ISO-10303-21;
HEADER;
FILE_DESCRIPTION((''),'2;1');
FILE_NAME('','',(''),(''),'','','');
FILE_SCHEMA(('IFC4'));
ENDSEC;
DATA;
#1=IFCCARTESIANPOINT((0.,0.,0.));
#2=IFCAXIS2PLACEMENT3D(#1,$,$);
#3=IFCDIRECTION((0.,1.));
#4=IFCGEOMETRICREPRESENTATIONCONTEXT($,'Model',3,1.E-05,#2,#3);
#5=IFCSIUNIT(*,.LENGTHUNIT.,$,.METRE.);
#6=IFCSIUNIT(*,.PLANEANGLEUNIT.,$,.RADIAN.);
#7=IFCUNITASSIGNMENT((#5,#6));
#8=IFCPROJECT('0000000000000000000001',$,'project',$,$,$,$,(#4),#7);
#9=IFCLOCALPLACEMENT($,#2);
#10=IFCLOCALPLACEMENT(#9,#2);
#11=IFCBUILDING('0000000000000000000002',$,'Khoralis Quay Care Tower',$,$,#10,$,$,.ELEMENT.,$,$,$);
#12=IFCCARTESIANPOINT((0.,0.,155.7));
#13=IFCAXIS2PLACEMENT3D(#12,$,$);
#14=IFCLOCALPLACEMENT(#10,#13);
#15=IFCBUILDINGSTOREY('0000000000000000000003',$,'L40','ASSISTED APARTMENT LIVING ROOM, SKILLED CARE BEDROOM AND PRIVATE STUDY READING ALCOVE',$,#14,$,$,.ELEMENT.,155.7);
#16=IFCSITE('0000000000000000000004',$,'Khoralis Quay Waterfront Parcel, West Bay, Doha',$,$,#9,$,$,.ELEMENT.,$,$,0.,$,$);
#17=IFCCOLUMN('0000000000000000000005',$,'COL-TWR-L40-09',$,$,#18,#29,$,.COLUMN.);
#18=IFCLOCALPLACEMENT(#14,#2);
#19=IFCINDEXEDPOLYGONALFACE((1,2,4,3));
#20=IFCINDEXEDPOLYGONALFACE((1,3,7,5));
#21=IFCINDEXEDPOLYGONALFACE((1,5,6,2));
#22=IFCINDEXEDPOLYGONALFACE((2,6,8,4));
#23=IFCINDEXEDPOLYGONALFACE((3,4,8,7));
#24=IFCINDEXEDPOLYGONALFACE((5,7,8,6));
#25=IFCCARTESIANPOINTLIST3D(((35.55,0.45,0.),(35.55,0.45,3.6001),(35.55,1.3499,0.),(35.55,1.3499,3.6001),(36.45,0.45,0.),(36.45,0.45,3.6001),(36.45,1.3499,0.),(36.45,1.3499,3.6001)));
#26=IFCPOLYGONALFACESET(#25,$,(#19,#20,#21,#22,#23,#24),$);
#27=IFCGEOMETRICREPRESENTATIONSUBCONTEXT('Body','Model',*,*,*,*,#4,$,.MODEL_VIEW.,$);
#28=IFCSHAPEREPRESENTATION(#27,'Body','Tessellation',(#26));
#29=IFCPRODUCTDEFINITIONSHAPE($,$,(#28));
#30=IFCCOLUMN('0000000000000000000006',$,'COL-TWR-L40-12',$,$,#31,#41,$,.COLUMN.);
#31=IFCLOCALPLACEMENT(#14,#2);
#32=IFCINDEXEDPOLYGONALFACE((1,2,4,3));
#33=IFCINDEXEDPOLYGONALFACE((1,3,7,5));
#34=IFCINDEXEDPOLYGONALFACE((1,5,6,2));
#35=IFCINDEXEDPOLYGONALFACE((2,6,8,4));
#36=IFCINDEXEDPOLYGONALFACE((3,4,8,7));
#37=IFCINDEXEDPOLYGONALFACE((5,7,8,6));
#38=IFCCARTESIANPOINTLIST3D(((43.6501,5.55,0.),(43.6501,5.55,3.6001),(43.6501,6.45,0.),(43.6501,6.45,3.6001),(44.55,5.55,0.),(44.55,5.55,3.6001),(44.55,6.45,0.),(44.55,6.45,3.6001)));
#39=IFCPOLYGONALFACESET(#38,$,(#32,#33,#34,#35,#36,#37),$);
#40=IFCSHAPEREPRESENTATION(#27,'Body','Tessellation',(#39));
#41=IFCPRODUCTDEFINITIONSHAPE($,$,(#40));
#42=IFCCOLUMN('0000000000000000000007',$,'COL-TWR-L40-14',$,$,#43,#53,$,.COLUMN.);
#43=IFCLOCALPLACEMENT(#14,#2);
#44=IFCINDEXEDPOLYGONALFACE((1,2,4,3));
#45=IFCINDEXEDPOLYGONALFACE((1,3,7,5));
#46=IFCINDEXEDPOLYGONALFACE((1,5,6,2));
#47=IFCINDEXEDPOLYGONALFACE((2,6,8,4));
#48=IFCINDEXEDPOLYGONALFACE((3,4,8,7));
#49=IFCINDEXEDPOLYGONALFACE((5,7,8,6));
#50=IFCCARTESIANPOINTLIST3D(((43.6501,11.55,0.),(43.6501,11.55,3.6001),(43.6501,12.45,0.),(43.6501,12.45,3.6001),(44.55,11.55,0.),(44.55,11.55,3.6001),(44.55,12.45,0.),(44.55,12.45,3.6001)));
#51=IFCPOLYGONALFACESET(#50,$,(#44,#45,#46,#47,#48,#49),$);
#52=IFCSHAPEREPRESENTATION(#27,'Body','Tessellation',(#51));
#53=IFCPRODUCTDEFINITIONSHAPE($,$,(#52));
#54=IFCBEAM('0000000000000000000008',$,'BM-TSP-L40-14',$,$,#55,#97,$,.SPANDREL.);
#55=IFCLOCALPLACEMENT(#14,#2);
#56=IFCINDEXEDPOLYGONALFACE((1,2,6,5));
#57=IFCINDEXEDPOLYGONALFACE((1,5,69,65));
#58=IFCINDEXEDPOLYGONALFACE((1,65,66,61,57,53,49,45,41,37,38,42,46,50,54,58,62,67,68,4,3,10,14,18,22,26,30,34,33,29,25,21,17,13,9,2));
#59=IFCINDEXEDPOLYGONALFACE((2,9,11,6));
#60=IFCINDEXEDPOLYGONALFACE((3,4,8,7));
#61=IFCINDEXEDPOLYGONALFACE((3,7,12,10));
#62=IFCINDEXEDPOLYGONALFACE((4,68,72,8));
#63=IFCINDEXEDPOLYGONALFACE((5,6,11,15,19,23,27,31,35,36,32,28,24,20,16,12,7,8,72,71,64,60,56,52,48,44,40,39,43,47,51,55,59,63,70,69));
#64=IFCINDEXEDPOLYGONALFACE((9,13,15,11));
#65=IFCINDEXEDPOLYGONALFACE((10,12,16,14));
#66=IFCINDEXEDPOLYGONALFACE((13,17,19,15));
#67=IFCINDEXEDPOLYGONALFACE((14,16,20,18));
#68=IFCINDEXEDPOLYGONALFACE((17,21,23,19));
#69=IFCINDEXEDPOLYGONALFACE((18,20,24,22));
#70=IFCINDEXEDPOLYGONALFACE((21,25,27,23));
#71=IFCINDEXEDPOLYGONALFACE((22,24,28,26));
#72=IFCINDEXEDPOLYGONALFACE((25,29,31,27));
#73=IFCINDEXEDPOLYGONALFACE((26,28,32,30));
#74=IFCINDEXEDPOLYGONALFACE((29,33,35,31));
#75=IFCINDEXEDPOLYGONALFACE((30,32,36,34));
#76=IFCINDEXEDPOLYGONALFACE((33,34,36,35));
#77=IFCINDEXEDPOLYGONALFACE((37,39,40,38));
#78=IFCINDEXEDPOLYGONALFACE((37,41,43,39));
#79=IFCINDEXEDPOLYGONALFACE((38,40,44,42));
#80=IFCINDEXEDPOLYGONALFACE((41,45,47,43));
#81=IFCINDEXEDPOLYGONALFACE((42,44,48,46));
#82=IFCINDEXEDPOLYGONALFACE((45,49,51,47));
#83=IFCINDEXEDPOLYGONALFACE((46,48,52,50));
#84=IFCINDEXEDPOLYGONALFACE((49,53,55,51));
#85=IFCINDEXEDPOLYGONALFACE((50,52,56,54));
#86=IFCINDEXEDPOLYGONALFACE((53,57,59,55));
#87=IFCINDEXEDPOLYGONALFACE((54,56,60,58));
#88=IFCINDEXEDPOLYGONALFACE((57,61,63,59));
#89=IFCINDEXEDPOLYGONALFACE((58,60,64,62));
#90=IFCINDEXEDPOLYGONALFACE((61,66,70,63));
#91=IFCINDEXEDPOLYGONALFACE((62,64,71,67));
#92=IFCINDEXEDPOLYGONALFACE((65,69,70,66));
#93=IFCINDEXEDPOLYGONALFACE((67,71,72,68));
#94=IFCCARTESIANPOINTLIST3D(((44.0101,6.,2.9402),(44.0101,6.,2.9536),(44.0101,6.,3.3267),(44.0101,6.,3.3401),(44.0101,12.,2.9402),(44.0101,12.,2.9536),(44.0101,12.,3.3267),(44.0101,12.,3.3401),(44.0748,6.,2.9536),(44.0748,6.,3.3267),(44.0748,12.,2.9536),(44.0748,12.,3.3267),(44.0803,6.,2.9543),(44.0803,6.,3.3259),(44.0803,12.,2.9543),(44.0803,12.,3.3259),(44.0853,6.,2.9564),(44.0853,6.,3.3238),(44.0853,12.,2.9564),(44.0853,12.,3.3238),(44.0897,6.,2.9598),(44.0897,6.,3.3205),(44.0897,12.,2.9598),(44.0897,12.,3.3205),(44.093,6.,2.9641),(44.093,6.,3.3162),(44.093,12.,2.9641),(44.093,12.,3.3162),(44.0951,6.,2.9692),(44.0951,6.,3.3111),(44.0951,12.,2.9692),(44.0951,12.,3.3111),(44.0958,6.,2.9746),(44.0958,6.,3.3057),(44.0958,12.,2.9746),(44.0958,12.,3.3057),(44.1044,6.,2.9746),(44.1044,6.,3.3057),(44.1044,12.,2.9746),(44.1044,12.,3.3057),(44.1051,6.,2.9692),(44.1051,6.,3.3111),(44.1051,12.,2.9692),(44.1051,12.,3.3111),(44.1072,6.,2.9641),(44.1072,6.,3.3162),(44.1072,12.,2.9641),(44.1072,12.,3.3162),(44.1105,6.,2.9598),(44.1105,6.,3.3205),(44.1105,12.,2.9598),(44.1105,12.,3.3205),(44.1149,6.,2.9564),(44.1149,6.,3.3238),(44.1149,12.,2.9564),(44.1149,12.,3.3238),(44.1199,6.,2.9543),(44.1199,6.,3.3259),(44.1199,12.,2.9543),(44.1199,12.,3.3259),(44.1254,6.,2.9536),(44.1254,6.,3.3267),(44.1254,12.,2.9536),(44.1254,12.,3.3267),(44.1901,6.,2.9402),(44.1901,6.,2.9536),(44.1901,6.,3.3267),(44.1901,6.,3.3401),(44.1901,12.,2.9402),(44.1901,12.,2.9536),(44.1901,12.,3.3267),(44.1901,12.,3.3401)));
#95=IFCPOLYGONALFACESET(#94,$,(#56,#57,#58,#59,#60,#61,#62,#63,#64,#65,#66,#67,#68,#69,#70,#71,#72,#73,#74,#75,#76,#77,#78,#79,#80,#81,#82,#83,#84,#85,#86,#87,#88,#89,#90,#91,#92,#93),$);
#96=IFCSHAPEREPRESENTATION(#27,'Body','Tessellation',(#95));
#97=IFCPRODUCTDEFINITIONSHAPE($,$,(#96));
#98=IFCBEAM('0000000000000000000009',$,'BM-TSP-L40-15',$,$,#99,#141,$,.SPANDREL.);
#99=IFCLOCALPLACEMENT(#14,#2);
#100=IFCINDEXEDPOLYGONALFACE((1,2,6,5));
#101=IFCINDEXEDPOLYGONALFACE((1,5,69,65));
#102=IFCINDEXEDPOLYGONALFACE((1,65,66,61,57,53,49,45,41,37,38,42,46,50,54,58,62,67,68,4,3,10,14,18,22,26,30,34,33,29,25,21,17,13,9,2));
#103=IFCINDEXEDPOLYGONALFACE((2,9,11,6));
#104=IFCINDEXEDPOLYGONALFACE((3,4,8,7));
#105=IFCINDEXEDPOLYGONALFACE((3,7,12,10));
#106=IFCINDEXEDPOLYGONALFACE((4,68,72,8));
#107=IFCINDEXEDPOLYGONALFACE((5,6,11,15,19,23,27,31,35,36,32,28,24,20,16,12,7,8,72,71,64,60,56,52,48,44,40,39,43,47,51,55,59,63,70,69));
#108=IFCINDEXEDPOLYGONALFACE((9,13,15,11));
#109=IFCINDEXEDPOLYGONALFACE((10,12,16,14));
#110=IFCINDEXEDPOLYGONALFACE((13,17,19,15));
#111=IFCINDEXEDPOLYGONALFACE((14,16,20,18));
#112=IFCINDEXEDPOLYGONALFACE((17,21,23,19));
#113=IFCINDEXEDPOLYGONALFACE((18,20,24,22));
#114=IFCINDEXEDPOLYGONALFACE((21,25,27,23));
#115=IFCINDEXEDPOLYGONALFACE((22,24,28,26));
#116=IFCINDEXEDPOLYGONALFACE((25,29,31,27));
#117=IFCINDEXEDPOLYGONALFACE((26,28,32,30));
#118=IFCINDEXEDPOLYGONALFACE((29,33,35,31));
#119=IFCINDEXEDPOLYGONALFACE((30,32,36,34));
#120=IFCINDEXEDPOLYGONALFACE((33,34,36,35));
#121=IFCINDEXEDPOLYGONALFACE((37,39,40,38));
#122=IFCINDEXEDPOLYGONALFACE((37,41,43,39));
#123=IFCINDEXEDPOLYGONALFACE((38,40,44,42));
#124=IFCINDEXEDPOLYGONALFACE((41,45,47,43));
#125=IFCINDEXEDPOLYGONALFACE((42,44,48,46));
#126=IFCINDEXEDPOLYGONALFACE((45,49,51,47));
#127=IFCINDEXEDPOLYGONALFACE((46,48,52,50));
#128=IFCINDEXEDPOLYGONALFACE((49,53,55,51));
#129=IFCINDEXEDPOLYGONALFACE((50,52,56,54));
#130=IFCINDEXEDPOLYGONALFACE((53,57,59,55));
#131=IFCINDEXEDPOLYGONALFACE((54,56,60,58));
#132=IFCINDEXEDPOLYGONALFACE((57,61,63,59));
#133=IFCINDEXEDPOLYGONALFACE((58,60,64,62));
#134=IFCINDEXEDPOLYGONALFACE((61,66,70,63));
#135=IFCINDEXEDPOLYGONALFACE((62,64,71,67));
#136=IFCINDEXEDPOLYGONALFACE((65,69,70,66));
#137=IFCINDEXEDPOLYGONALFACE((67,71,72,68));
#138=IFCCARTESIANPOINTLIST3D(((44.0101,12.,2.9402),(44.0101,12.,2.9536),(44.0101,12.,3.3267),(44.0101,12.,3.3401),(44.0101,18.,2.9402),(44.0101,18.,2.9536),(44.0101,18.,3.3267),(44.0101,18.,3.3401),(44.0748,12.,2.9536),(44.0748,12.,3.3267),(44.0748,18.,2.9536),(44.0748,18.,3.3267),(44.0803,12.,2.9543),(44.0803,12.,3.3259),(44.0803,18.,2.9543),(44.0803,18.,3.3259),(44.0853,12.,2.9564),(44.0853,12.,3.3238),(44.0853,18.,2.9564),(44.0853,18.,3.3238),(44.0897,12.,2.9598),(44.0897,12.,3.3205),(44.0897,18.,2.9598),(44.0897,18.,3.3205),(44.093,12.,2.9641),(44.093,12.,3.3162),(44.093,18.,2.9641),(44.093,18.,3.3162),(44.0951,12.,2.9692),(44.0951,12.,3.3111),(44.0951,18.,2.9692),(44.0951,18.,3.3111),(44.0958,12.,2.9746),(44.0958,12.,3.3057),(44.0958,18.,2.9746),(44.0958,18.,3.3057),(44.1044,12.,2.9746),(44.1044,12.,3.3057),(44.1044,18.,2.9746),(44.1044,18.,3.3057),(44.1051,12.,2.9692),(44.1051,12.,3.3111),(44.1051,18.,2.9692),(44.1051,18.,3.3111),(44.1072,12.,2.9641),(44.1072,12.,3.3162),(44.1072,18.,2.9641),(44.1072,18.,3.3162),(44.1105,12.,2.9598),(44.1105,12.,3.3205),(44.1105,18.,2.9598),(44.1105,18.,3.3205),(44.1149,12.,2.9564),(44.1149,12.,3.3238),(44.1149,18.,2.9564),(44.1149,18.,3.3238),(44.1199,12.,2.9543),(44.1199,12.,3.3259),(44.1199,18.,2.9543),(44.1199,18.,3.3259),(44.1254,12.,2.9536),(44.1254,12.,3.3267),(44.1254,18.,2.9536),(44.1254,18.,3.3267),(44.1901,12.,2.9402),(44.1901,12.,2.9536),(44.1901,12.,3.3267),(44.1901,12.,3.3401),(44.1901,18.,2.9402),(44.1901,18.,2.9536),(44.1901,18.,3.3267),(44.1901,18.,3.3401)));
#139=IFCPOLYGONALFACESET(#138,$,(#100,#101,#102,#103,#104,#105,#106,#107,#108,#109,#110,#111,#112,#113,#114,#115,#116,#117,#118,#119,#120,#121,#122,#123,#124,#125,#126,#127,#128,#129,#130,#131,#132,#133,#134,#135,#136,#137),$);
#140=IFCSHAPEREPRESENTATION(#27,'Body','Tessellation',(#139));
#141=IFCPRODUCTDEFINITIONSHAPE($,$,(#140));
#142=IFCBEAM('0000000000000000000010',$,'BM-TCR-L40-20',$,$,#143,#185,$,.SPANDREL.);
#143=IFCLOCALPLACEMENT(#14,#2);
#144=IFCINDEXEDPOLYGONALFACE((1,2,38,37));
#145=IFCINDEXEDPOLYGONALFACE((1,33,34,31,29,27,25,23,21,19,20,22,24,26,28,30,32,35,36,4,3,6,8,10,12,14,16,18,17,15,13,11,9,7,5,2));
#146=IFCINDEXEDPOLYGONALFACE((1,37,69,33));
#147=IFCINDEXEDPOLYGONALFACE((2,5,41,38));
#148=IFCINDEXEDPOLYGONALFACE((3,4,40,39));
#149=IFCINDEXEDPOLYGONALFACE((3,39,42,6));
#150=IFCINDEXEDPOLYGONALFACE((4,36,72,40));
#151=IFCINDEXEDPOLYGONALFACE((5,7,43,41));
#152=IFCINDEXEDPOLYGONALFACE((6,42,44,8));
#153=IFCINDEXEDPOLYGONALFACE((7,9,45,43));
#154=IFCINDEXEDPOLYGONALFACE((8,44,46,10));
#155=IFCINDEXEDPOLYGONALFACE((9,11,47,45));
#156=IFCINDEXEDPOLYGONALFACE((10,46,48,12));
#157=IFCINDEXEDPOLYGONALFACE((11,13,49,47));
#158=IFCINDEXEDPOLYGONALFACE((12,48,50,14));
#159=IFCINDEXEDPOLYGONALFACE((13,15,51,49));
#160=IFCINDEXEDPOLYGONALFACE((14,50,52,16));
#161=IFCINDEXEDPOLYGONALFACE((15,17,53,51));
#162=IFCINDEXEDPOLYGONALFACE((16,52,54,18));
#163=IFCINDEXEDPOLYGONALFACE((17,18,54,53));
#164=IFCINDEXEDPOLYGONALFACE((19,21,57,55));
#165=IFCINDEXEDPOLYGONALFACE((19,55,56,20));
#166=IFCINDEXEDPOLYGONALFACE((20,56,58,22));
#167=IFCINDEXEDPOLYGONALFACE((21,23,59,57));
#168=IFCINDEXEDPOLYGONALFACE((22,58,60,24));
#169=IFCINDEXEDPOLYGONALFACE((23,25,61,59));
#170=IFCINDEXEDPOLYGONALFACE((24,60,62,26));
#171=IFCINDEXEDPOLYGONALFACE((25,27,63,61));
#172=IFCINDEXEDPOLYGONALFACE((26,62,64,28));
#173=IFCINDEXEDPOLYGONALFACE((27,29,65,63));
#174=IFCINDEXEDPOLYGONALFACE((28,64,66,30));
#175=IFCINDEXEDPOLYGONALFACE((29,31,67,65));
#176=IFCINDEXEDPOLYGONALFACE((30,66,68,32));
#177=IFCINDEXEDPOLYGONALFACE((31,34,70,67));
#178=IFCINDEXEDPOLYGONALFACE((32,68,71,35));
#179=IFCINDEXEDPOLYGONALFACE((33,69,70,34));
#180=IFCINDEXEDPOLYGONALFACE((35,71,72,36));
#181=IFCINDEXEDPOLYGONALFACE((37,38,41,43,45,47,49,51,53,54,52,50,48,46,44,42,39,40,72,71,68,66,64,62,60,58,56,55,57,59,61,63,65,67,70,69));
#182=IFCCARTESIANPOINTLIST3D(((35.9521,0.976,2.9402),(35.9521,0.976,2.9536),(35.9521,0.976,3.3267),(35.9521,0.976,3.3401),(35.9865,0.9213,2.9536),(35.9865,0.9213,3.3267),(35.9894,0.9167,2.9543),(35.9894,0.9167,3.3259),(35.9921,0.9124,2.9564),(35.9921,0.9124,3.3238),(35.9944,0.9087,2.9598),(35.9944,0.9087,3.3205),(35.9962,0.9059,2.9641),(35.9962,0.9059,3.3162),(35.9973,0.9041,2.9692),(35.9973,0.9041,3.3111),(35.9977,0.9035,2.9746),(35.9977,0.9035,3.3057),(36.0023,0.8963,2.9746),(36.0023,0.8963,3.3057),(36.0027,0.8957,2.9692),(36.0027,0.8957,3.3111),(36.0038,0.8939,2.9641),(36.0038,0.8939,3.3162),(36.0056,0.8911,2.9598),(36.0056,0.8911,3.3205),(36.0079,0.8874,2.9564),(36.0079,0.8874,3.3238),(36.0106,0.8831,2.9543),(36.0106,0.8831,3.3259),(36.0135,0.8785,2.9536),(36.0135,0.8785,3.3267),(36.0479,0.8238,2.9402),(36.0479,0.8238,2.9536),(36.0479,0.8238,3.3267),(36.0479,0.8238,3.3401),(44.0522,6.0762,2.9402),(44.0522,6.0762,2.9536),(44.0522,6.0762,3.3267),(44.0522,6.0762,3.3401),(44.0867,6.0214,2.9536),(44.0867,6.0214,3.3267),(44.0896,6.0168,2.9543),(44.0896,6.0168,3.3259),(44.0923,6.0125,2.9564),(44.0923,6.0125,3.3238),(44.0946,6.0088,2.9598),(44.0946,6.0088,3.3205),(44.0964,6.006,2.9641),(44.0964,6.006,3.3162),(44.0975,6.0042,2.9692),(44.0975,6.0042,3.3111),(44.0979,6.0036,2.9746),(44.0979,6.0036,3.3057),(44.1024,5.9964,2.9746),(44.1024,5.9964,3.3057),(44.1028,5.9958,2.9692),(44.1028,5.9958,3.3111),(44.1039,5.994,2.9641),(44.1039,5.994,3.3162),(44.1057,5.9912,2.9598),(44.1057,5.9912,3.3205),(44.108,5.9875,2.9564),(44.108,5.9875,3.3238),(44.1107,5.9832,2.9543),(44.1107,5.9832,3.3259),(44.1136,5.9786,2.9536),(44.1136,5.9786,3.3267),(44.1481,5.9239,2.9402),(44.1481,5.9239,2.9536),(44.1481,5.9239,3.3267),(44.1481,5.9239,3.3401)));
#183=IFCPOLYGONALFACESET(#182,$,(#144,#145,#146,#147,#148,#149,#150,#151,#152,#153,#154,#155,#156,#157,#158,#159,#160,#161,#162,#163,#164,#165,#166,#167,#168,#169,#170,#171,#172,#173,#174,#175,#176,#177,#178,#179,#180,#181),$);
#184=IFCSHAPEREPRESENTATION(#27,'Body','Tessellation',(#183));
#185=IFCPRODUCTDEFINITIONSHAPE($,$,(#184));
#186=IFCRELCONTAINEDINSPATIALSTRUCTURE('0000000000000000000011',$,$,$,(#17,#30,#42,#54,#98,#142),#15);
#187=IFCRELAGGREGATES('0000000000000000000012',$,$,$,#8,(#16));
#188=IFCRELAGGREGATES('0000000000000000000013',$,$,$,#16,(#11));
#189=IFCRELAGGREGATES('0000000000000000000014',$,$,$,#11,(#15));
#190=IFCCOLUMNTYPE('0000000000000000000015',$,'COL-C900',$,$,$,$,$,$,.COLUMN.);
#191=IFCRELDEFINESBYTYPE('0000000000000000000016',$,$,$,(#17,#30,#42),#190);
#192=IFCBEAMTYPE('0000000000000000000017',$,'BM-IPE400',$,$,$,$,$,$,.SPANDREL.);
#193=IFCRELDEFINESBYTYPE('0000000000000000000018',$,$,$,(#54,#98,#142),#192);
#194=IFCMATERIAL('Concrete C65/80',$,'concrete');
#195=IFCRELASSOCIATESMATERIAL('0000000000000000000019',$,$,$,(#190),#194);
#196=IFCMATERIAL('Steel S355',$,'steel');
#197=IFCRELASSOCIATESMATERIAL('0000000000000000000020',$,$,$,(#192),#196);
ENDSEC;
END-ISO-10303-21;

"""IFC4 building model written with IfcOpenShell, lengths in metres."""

from ifc_helpers import new_model, si_unit, direction, frame, origin, origin_2d, place, context, subcontext, project, spatial, rectangle, i_section, extrude, source, transform, mapped, material, material_profile, profile_set, type_object, element, save


model = new_model("IFC4")

# Units and contexts
model_context = context("Model", 3, precision=1e-05, world=origin(), true_north=direction((0.0, 1.0)))
body_context = subcontext(model_context, "Body", "Model", "MODEL_VIEW")
ifc_project = project(units=[si_unit("LENGTHUNIT", "METRE"), si_unit("PLANEANGLEUNIT", "RADIAN")], contexts=[model_context])

# Site, building, storey
site_placement = place(None, origin())
site = spatial("IfcSite", under=ifc_project, at=site_placement, Name="Khoralis Quay Waterfront Parcel, West Bay, Doha", CompositionType="ELEMENT", RefElevation=0.0)
building_placement = place(site_placement, origin())
building = spatial("IfcBuilding", under=site, at=building_placement, Name="Khoralis Quay Care Tower", CompositionType="ELEMENT")
storey_placement = place(building_placement, frame((0.0, 0.0, 155.7)))
storey = spatial("IfcBuildingStorey", under=building, at=storey_placement, Name="L40", Description="ASSISTED APARTMENT LIVING ROOM, SKILLED CARE BEDROOM AND PRIVATE STUDY READING ALCOVE", CompositionType="ELEMENT", Elevation=155.7)

# Columns
ifc_material_1 = material(Name="Concrete C65/80", Category="concrete")
ifc_material_profile_1 = material_profile(ifc_material_1, rectangle(XDim=0.8999, YDim=0.8999, at=origin_2d()), Name="Concrete C65/80")
ifc_profile_set_1 = profile_set([ifc_material_profile_1], Name="Concrete C65/80")
column_type = type_object("IfcColumnType", Name="COL-C900", PredefinedType="COLUMN", material=ifc_profile_set_1)
shared_shape_1 = source(origin(), body_context, "Body", "SweptSolid", [
    extrude(rectangle(XDim=0.8999, YDim=0.8999, at=origin_2d()), origin(), (0.0, 0.0, 1.0), 3.6001),
])
for number, where, z_axis, x_axis, name in (
    (1, (36.0, 0.8999, 0.0), (0.0, 0.0, 1.0), (1.0, 0.0, 0.0), "COL-TWR-L40-09"),
    (2, (44.1001, 6.0, 0.0), (0.0, 0.0, 1.0), (1.0, 0.0, 0.0), "COL-TWR-L40-12"),
    (3, (44.1001, 12.0, 0.0), (0.0, 0.0, 1.0), (1.0, 0.0, 0.0), "COL-TWR-L40-14"),
):
    element("IfcColumn", number, at=place(storey_placement, frame(where, z_axis=z_axis, x_axis=x_axis)), inside=storey, type_object=column_type, Name=name, PredefinedType="COLUMN", context=body_context, shape_type="MappedRepresentation", body=[
        mapped(shared_shape_1, transform((0.0, 0.0, 0.0), scale=1.0)),
    ])

# Beams
ifc_material_2 = material(Name="Steel S355", Category="steel")
ifc_material_profile_2 = material_profile(ifc_material_2, i_section(OverallWidth=0.1799, OverallDepth=0.3999, WebThickness=0.0085, FlangeThickness=0.0134, FilletRadius=0.021, at=origin_2d()), Name="Steel S355")
ifc_profile_set_2 = profile_set([ifc_material_profile_2], Name="Steel S355")
beam_type_1 = type_object("IfcBeamType", Name="BM-IPE400", PredefinedType="SPANDREL", material=ifc_profile_set_2)
shared_shape_2 = source(origin(), body_context, "Body", "SweptSolid", [
    extrude(i_section(OverallWidth=0.1799, OverallDepth=0.3999, WebThickness=0.0085, FlangeThickness=0.0134, FilletRadius=0.021, at=origin_2d()), origin(), (0.0, 0.0, 1.0), 6.0),
])
for number, where, z_axis, x_axis, name in (
    (4, (44.1001, 6.0, 3.1401), (0.0, 1.0, 0.0), (-1.0, 0.0, 0.0), "BM-TSP-L40-14"),
    (5, (44.1001, 12.0, 3.1401), (0.0, 1.0, 0.0), (-1.0, 0.0, 0.0), "BM-TSP-L40-15"),
):
    element("IfcBeam", number, at=place(storey_placement, frame(where, z_axis=z_axis, x_axis=x_axis)), inside=storey, type_object=beam_type_1, Name=name, PredefinedType="SPANDREL", context=body_context, shape_type="MappedRepresentation", body=[
        mapped(shared_shape_2, transform((0.0, 0.0, 0.0), scale=1.0)),
    ])
shared_shape_3 = source(origin(), body_context, "Body", "SweptSolid", [
    extrude(i_section(OverallWidth=0.1799, OverallDepth=0.3999, WebThickness=0.0085, FlangeThickness=0.0134, FilletRadius=0.021, at=origin_2d()), origin(), (0.0, 0.0, 1.0), 9.572),
])
beam_1_placement = place(storey_placement, frame((36.0, 0.8999, 3.1401), z_axis=(0.846231, 0.532816, 0.0), x_axis=(-0.532816, 0.846231, 0.0)))
element("IfcBeam", 6, at=beam_1_placement, inside=storey, type_object=beam_type_1, Name="BM-TCR-L40-20", PredefinedType="SPANDREL", context=body_context, shape_type="MappedRepresentation", body=[
    mapped(shared_shape_3, transform((0.0, 0.0, 0.0), scale=1.0)),
])

save(model, "model.ifc")
